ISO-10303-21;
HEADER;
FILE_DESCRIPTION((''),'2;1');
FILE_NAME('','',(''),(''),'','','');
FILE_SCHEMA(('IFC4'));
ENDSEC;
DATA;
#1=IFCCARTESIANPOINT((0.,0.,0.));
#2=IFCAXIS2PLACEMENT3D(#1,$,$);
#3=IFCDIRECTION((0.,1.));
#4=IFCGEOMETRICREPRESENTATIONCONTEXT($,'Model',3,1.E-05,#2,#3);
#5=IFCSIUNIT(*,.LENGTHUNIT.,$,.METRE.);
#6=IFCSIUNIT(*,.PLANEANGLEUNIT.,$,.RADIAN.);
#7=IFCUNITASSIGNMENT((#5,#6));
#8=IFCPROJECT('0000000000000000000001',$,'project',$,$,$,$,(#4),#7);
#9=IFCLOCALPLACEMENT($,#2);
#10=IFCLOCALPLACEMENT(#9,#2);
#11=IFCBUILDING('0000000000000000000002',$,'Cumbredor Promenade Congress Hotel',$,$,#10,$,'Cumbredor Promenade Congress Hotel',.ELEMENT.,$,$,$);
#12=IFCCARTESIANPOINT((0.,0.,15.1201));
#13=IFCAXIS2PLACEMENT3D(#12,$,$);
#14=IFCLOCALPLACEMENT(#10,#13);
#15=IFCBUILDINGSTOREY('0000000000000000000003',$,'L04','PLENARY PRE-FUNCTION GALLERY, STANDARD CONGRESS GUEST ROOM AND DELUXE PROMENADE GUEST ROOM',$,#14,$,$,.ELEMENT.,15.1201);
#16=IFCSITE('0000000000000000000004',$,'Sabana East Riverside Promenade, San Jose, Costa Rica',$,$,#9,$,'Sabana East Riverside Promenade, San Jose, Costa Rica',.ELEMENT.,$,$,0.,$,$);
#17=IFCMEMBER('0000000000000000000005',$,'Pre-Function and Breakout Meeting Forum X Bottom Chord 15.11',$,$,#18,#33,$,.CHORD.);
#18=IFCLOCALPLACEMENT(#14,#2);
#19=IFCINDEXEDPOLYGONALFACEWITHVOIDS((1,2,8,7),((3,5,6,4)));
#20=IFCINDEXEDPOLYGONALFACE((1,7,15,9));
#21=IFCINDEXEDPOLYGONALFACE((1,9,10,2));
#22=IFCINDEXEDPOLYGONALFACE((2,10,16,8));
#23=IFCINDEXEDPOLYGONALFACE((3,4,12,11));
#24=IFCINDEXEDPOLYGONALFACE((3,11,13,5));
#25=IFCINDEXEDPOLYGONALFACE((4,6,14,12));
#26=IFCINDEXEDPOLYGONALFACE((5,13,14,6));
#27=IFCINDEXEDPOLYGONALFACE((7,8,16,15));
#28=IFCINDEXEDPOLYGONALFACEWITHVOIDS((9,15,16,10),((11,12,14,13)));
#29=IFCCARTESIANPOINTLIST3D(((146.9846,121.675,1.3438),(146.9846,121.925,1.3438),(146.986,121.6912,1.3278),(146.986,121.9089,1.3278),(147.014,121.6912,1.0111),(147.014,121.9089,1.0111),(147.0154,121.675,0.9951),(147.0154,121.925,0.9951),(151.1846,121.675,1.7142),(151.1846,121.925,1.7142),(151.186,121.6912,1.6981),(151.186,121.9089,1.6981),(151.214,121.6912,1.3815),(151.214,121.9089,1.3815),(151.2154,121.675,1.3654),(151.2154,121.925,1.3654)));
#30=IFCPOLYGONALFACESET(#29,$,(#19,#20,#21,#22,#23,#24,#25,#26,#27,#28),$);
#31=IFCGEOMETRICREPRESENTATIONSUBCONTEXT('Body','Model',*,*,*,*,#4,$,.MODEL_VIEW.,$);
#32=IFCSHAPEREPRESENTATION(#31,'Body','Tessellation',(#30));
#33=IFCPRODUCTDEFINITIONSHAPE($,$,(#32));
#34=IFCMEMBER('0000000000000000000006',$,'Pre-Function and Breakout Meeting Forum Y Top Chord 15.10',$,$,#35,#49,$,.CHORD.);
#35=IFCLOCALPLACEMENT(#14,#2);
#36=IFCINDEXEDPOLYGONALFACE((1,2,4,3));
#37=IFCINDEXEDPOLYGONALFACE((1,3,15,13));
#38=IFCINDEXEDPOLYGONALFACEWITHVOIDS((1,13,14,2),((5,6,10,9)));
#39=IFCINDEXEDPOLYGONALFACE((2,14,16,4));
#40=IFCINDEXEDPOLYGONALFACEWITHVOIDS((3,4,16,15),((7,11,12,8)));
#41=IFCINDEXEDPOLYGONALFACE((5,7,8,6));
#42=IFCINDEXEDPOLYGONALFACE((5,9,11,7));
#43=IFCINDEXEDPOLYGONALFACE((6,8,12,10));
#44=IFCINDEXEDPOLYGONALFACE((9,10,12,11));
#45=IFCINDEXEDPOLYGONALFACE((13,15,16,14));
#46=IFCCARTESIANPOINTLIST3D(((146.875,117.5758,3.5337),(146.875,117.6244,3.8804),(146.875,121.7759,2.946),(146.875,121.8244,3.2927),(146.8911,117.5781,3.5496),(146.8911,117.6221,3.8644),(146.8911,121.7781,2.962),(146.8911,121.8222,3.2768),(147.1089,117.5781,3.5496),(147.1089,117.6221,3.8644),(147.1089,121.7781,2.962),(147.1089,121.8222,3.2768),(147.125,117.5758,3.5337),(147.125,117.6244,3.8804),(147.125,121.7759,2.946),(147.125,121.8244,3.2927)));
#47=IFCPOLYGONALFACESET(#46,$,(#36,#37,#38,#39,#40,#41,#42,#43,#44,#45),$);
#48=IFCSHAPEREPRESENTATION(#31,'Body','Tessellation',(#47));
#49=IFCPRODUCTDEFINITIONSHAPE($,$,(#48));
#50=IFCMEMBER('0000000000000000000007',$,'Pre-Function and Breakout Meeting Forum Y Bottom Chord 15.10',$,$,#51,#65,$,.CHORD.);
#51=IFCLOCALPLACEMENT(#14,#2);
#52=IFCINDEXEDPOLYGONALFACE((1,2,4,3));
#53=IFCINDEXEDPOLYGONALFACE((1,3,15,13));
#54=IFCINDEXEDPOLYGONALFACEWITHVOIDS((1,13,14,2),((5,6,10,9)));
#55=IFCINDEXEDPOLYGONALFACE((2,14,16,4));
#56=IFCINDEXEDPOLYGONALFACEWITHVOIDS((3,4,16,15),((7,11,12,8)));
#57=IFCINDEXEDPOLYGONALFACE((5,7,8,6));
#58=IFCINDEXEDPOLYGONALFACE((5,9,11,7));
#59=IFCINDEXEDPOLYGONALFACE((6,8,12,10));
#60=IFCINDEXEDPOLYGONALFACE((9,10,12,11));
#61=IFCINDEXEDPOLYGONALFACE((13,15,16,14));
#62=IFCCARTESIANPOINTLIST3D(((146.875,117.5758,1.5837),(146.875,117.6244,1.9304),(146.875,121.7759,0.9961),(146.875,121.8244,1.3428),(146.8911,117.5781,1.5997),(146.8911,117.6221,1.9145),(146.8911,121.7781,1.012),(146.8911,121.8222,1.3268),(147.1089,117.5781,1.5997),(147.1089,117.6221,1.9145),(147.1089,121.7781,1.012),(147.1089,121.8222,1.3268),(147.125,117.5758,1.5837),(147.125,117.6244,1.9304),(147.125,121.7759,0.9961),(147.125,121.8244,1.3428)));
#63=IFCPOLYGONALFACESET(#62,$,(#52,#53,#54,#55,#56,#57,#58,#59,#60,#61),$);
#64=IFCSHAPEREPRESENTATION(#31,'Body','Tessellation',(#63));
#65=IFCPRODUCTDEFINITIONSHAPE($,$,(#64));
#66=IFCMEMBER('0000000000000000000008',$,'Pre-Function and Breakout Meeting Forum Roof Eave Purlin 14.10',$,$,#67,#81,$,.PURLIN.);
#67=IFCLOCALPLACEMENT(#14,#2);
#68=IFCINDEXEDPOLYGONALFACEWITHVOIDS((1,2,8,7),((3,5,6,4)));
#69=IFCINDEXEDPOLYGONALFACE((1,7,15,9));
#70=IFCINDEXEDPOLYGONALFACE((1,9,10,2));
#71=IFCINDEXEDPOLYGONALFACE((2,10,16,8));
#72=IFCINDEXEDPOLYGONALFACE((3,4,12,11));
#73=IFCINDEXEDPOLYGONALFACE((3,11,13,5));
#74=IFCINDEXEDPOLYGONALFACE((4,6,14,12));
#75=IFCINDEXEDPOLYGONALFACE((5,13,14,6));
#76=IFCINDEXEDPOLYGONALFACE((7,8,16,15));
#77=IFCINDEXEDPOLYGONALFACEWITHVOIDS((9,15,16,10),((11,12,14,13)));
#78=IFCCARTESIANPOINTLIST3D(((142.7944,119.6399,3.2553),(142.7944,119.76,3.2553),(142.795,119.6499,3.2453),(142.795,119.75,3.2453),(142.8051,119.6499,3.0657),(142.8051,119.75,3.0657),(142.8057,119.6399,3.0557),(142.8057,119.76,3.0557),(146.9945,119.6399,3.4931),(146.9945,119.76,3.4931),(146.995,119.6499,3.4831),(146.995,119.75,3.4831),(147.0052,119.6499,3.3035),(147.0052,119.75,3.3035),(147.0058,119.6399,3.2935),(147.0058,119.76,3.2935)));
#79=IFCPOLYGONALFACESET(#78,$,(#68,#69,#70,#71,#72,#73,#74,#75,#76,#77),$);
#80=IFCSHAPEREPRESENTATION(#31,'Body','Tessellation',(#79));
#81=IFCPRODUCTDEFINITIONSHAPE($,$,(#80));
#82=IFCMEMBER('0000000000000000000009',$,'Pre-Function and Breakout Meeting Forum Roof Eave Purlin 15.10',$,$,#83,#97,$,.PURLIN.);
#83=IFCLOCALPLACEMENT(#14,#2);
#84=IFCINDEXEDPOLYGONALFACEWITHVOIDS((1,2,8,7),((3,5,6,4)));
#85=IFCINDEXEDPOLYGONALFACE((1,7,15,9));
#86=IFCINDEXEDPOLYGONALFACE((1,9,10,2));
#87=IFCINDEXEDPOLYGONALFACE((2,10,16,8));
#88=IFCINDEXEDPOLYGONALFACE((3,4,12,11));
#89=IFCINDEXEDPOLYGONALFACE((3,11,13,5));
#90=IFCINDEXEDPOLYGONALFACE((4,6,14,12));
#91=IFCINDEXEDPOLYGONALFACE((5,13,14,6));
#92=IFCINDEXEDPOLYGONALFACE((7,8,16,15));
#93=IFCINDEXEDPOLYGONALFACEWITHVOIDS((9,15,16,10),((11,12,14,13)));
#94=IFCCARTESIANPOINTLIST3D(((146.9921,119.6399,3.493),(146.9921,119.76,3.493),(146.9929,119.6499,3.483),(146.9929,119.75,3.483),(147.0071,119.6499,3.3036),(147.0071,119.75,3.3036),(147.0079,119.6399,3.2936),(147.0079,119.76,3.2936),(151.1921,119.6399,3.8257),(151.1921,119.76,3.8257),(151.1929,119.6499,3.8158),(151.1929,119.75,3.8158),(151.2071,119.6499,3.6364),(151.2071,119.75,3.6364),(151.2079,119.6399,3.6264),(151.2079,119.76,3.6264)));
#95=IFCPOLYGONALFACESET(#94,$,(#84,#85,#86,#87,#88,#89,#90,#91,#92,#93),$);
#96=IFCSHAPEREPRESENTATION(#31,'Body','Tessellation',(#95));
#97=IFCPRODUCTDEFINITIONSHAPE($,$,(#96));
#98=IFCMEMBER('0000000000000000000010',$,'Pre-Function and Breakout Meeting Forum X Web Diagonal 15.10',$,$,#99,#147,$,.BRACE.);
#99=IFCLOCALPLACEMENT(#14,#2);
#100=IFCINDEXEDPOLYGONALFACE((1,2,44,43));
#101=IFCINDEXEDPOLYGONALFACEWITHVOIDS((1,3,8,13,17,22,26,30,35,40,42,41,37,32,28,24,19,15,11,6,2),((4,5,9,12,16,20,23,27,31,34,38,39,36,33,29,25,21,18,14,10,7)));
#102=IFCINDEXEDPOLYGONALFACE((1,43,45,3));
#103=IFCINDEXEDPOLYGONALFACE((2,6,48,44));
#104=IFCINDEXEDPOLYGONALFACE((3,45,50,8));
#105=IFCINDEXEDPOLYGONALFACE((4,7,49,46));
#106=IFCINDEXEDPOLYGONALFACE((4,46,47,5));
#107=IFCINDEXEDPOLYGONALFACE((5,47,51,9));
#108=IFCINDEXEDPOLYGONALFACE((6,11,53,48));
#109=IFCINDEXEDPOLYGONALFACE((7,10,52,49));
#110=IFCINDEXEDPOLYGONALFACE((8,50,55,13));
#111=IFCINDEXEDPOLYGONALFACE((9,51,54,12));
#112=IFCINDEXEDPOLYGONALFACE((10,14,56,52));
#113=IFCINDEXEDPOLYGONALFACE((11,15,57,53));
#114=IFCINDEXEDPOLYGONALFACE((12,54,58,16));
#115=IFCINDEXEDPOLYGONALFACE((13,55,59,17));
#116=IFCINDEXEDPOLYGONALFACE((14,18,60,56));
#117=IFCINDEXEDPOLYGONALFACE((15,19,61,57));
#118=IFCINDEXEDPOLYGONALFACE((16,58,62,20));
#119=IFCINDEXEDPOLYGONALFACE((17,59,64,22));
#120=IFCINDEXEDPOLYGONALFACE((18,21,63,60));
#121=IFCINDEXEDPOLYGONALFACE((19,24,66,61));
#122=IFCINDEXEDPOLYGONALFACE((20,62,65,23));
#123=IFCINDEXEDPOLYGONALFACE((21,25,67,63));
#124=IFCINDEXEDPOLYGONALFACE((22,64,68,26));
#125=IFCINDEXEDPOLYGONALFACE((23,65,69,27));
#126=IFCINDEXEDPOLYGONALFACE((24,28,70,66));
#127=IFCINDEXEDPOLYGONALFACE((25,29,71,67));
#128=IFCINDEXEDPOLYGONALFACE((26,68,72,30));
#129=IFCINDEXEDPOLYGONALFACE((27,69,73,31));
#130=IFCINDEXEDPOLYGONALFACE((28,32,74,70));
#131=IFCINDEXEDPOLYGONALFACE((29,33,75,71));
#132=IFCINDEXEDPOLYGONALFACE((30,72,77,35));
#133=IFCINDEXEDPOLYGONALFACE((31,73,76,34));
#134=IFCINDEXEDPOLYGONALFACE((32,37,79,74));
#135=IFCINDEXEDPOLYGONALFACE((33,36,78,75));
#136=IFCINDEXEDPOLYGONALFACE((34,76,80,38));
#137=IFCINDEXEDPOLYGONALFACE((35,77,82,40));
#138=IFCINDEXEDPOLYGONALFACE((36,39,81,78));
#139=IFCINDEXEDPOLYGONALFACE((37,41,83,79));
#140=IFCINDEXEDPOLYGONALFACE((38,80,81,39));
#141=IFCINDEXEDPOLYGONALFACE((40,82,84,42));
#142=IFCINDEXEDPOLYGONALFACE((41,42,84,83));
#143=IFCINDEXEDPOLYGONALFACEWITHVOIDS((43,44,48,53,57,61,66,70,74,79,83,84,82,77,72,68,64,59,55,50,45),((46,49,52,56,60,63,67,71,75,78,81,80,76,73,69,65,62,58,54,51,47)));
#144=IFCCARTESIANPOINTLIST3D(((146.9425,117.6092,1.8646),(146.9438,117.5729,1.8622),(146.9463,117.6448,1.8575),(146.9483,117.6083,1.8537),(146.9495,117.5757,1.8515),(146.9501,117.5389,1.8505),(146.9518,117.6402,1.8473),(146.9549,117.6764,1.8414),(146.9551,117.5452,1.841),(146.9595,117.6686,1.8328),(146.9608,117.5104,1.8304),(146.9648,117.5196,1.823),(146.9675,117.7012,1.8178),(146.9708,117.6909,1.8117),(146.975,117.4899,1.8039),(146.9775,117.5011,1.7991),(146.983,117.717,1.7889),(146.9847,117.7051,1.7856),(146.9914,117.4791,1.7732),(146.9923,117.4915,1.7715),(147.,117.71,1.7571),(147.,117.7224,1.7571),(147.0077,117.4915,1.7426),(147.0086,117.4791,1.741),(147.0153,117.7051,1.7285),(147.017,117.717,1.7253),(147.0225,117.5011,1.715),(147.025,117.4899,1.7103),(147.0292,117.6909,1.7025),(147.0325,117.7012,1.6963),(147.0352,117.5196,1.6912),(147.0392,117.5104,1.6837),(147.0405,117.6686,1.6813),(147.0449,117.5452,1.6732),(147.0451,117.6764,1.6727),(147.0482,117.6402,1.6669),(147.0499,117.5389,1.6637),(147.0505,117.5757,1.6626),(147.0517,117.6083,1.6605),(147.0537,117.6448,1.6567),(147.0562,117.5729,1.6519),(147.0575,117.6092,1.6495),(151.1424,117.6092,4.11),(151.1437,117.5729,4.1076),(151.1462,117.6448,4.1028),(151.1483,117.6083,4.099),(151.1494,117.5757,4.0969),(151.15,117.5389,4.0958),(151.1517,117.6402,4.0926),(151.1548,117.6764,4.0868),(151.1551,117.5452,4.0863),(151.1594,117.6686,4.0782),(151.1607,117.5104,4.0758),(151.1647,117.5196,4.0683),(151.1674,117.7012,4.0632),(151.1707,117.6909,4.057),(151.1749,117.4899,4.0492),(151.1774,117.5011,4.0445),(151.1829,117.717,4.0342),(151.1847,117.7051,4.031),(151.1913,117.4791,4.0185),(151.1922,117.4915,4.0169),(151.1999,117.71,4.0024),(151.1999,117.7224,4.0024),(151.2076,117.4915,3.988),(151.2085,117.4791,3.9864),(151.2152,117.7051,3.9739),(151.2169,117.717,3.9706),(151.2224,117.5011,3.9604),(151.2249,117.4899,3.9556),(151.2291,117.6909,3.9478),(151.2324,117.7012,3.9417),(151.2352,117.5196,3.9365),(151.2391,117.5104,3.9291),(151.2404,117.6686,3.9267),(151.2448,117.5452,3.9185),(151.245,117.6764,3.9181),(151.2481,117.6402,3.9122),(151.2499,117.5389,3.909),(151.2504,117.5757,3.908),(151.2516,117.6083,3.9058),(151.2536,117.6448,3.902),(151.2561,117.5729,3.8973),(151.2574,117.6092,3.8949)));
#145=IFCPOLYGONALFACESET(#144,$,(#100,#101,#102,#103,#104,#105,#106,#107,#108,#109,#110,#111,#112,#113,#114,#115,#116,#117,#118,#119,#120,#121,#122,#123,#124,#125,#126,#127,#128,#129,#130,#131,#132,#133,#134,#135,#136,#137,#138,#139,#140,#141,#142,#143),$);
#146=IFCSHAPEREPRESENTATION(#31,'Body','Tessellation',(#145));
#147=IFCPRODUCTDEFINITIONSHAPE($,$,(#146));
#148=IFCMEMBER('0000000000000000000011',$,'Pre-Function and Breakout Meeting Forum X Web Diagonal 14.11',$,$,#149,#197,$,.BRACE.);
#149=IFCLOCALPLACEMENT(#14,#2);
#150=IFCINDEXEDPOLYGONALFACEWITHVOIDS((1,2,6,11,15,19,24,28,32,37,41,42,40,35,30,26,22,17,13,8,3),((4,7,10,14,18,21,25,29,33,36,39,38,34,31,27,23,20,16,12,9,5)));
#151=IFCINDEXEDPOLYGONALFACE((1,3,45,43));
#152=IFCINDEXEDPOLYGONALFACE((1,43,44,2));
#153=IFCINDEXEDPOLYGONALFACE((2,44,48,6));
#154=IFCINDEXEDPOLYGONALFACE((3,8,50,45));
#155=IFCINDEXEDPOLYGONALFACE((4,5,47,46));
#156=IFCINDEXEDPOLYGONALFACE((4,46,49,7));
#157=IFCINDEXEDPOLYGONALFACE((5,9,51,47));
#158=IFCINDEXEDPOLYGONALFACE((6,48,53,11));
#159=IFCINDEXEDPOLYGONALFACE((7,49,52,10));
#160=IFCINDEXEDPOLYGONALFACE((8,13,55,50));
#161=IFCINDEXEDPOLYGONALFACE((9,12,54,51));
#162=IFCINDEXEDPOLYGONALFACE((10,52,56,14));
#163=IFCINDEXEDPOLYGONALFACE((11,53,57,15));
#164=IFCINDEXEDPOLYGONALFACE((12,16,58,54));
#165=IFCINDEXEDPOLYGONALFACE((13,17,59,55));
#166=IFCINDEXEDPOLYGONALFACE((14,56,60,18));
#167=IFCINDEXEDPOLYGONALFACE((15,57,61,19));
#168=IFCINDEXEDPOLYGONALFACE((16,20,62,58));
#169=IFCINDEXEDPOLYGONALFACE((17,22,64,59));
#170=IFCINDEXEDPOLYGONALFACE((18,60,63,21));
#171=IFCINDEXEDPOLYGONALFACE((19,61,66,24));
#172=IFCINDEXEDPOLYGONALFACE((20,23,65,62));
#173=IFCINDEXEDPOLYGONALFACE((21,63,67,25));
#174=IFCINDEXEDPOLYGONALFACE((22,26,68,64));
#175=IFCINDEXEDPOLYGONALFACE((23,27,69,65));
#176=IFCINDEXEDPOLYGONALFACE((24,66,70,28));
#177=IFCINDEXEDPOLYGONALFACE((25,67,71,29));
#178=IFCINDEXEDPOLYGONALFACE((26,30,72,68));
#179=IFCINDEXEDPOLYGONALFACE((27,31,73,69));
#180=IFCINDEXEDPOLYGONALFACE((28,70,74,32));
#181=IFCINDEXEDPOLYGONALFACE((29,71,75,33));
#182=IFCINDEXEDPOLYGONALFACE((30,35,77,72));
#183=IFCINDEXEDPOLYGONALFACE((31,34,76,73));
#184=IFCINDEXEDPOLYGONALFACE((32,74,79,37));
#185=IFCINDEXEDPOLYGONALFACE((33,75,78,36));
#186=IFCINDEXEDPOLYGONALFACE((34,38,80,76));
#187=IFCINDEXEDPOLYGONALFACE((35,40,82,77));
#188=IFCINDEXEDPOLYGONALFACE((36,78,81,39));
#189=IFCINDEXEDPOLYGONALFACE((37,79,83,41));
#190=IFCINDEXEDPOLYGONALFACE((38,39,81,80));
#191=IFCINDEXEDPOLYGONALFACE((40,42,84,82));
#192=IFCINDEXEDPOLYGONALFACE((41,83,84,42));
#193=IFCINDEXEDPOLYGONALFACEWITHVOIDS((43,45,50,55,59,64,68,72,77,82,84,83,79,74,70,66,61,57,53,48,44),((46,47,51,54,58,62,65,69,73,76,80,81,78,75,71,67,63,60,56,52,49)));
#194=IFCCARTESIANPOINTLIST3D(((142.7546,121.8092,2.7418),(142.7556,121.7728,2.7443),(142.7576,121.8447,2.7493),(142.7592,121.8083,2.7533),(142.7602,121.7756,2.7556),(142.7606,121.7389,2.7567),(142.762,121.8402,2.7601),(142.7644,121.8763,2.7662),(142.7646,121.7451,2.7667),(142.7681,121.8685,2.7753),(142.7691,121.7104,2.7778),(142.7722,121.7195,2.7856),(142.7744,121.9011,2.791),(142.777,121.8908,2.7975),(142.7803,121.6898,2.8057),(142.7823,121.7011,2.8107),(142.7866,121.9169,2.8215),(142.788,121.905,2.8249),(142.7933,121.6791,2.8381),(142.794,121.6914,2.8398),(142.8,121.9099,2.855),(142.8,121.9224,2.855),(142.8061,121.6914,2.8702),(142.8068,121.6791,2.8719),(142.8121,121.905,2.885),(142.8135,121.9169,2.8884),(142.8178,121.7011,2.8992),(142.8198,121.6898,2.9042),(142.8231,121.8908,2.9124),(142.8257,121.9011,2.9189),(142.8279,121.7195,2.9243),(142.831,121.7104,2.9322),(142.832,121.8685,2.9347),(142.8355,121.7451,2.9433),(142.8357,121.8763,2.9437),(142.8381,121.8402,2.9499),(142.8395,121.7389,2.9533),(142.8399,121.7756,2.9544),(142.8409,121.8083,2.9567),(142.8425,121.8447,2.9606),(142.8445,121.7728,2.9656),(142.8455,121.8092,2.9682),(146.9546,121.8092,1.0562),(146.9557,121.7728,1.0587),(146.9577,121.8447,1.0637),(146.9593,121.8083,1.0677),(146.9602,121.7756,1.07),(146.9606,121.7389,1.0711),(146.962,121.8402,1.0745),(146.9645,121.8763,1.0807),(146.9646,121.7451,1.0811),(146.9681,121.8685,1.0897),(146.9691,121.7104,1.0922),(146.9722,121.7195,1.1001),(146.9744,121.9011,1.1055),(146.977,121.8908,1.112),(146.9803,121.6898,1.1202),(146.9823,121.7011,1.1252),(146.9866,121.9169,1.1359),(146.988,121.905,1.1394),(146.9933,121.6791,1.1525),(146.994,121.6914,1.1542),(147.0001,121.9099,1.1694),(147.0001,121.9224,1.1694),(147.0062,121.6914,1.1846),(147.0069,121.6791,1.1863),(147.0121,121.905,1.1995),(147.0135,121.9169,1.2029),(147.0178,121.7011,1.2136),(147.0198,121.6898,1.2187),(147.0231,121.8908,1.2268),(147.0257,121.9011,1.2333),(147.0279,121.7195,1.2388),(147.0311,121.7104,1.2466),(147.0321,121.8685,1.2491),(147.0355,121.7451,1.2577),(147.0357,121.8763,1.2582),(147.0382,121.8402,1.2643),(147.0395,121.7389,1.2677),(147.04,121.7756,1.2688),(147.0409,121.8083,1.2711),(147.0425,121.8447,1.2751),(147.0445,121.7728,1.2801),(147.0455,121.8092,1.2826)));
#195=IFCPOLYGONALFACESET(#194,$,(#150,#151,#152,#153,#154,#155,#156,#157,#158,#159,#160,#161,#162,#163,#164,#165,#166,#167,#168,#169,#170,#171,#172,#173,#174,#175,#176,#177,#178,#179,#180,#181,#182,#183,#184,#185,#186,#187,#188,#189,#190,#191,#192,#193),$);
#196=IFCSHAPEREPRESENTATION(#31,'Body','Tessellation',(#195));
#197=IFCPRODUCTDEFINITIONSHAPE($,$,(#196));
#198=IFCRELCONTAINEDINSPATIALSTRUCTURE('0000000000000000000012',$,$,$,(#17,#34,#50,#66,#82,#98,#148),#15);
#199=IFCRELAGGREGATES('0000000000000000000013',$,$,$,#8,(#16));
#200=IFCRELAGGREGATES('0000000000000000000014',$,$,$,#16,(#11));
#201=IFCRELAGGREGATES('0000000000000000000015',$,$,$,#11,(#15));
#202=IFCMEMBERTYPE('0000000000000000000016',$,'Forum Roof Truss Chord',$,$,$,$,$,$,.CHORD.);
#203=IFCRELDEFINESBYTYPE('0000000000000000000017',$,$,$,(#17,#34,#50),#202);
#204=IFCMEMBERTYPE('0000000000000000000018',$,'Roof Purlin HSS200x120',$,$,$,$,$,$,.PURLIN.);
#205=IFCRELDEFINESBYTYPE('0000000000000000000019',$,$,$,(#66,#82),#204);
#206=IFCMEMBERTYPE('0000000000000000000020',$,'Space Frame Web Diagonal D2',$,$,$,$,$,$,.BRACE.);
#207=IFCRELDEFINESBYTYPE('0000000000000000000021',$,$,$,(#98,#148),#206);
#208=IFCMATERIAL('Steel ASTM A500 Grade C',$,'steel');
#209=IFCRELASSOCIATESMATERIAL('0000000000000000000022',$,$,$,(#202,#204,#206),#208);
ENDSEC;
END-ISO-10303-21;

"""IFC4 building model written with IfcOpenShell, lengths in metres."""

from ifc_helpers import new_model, si_unit, direction, frame, origin, origin_2d, place, context, subcontext, project, spatial, hollow_rectangle, hollow_circle, extrude, material, material_profile, profile_set, type_object, element, save


model = new_model("IFC4")

# Units and contexts
model_context = context("Model", 3, precision=1e-05, world=origin(), true_north=direction((0.0, 1.0)))
body_context = subcontext(model_context, "Body", "Model", "MODEL_VIEW")
ifc_project = project(units=[si_unit("LENGTHUNIT", "METRE"), si_unit("PLANEANGLEUNIT", "RADIAN")], contexts=[model_context])

# Site, building, storey
site_placement = place(None, origin())
site = spatial("IfcSite", under=ifc_project, at=site_placement, Name="Sabana East Riverside Promenade, San Jose, Costa Rica", LongName="Sabana East Riverside Promenade, San Jose, Costa Rica", CompositionType="ELEMENT", RefElevation=0.0)
building_placement = place(site_placement, origin())
building = spatial("IfcBuilding", under=site, at=building_placement, Name="Cumbredor Promenade Congress Hotel", LongName="Cumbredor Promenade Congress Hotel", CompositionType="ELEMENT")
storey_placement = place(building_placement, frame((0.0, 0.0, 15.1201)))
storey = spatial("IfcBuildingStorey", under=building, at=storey_placement, Name="L04", Description="PLENARY PRE-FUNCTION GALLERY, STANDARD CONGRESS GUEST ROOM AND DELUXE PROMENADE GUEST ROOM", CompositionType="ELEMENT", Elevation=15.1201)

# Members
ifc_material_1 = material(Name="Steel ASTM A500 Grade C", Category="steel")
ifc_material_profile_1 = material_profile(ifc_material_1, hollow_rectangle(XDim=0.25, YDim=0.3501, WallThickness=0.0161, at=origin_2d()), Name="HSS 350x250x16")
ifc_profile_set_1 = profile_set([ifc_material_profile_1], Name="Steel ASTM A500 Grade C")
member_type_1 = type_object("IfcMemberType", Name="Forum Roof Truss Chord", PredefinedType="CHORD", material=ifc_profile_set_1)
for number, where, z_axis, x_axis, name in (
    (1, (147.0, 121.8, 1.1694), (0.996134, 0.0, 0.087841), (0.0, 1.0, 0.0), "Pre-Function and Breakout Meeting Forum X Bottom Chord 15.11"),
):
    element("IfcMember", number, at=place(storey_placement, frame(where, z_axis=z_axis, x_axis=x_axis)), inside=storey, type_object=member_type_1, Name=name, PredefinedType="CHORD", context=body_context, shape_type="SweptSolid", body=[
        extrude(hollow_rectangle(XDim=0.25, YDim=0.3501, WallThickness=0.0161, at=origin_2d()), origin(), (0.0, 0.0, 1.0), 4.2163),
    ])
for number, where, z_axis, x_axis, name in (
    (2, (147.0, 117.6001, 3.707), (0.0, 0.990353, -0.138568), (-1.0, 0.0, 0.0), "Pre-Function and Breakout Meeting Forum Y Top Chord 15.10"),
    (3, (147.0, 117.6001, 1.7571), (0.0, 0.990353, -0.138568), (-1.0, 0.0, 0.0), "Pre-Function and Breakout Meeting Forum Y Bottom Chord 15.10"),
):
    element("IfcMember", number, at=place(storey_placement, frame(where, z_axis=z_axis, x_axis=x_axis)), inside=storey, type_object=member_type_1, Name=name, PredefinedType="CHORD", context=body_context, shape_type="SweptSolid", body=[
        extrude(hollow_rectangle(XDim=0.25, YDim=0.3501, WallThickness=0.0161, at=origin_2d()), origin(), (0.0, 0.0, 1.0), 4.241),
    ])
ifc_material_profile_2 = material_profile(ifc_material_1, hollow_rectangle(XDim=0.1201, YDim=0.2, WallThickness=0.01, at=origin_2d()), Name="HSS 200x120x10")
ifc_profile_set_2 = profile_set([ifc_material_profile_2], Name="Steel ASTM A500 Grade C")
member_type_2 = type_object("IfcMemberType", Name="Roof Purlin HSS200x120", PredefinedType="PURLIN", material=ifc_profile_set_2)
member_1_placement = place(storey_placement, frame((142.8, 119.7, 3.1555), z_axis=(0.998401, 0.0, 0.056528), x_axis=(0.0, 1.0, 0.0)))
element("IfcMember", 4, at=member_1_placement, inside=storey, type_object=member_type_2, Name="Pre-Function and Breakout Meeting Forum Roof Eave Purlin 14.10", PredefinedType="PURLIN", context=body_context, shape_type="SweptSolid", body=[
    extrude(hollow_rectangle(XDim=0.1201, YDim=0.2, WallThickness=0.01, at=origin_2d()), origin(), (0.0, 0.0, 1.0), 4.2068),
])
member_2_placement = place(storey_placement, frame((147.0, 119.7, 3.3933), z_axis=(0.996876, 0.0, 0.078983), x_axis=(0.0, 1.0, 0.0)))
element("IfcMember", 5, at=member_2_placement, inside=storey, type_object=member_type_2, Name="Pre-Function and Breakout Meeting Forum Roof Eave Purlin 15.10", PredefinedType="PURLIN", context=body_context, shape_type="SweptSolid", body=[
    extrude(hollow_rectangle(XDim=0.1201, YDim=0.2, WallThickness=0.01, at=origin_2d()), origin(), (0.0, 0.0, 1.0), 4.2131),
])
ifc_material_profile_3 = material_profile(ifc_material_1, hollow_circle(Radius=0.1223, WallThickness=0.0125, at=origin_2d()), Name="CHS 244.5x12.5")
ifc_profile_set_3 = profile_set([ifc_material_profile_3], Name="Steel ASTM A500 Grade C")
member_type_3 = type_object("IfcMemberType", Name="Space Frame Web Diagonal D2", PredefinedType="BRACE", material=ifc_profile_set_3)
member_3_placement = place(storey_placement, frame((147.0, 117.6001, 1.7571), z_axis=(0.881883, 0.0, 0.471469), x_axis=(0.0, 1.0, 0.0)))
element("IfcMember", 6, at=member_3_placement, inside=storey, type_object=member_type_3, Name="Pre-Function and Breakout Meeting Forum X Web Diagonal 15.10", PredefinedType="BRACE", context=body_context, shape_type="SweptSolid", body=[
    extrude(hollow_circle(Radius=0.1223, WallThickness=0.0125, at=origin_2d()), origin(), (0.0, 0.0, 1.0), 4.7625),
])
member_4_placement = place(storey_placement, frame((142.8, 121.8, 2.855), z_axis=(0.928052, 0.0, -0.372451), x_axis=(0.0, 1.0, 0.0)))
element("IfcMember", 7, at=member_4_placement, inside=storey, type_object=member_type_3, Name="Pre-Function and Breakout Meeting Forum X Web Diagonal 14.11", PredefinedType="BRACE", context=body_context, shape_type="SweptSolid", body=[
    extrude(hollow_circle(Radius=0.1223, WallThickness=0.0125, at=origin_2d()), origin(), (0.0, 0.0, 1.0), 4.5256),
])

save(model, "model.ifc")
